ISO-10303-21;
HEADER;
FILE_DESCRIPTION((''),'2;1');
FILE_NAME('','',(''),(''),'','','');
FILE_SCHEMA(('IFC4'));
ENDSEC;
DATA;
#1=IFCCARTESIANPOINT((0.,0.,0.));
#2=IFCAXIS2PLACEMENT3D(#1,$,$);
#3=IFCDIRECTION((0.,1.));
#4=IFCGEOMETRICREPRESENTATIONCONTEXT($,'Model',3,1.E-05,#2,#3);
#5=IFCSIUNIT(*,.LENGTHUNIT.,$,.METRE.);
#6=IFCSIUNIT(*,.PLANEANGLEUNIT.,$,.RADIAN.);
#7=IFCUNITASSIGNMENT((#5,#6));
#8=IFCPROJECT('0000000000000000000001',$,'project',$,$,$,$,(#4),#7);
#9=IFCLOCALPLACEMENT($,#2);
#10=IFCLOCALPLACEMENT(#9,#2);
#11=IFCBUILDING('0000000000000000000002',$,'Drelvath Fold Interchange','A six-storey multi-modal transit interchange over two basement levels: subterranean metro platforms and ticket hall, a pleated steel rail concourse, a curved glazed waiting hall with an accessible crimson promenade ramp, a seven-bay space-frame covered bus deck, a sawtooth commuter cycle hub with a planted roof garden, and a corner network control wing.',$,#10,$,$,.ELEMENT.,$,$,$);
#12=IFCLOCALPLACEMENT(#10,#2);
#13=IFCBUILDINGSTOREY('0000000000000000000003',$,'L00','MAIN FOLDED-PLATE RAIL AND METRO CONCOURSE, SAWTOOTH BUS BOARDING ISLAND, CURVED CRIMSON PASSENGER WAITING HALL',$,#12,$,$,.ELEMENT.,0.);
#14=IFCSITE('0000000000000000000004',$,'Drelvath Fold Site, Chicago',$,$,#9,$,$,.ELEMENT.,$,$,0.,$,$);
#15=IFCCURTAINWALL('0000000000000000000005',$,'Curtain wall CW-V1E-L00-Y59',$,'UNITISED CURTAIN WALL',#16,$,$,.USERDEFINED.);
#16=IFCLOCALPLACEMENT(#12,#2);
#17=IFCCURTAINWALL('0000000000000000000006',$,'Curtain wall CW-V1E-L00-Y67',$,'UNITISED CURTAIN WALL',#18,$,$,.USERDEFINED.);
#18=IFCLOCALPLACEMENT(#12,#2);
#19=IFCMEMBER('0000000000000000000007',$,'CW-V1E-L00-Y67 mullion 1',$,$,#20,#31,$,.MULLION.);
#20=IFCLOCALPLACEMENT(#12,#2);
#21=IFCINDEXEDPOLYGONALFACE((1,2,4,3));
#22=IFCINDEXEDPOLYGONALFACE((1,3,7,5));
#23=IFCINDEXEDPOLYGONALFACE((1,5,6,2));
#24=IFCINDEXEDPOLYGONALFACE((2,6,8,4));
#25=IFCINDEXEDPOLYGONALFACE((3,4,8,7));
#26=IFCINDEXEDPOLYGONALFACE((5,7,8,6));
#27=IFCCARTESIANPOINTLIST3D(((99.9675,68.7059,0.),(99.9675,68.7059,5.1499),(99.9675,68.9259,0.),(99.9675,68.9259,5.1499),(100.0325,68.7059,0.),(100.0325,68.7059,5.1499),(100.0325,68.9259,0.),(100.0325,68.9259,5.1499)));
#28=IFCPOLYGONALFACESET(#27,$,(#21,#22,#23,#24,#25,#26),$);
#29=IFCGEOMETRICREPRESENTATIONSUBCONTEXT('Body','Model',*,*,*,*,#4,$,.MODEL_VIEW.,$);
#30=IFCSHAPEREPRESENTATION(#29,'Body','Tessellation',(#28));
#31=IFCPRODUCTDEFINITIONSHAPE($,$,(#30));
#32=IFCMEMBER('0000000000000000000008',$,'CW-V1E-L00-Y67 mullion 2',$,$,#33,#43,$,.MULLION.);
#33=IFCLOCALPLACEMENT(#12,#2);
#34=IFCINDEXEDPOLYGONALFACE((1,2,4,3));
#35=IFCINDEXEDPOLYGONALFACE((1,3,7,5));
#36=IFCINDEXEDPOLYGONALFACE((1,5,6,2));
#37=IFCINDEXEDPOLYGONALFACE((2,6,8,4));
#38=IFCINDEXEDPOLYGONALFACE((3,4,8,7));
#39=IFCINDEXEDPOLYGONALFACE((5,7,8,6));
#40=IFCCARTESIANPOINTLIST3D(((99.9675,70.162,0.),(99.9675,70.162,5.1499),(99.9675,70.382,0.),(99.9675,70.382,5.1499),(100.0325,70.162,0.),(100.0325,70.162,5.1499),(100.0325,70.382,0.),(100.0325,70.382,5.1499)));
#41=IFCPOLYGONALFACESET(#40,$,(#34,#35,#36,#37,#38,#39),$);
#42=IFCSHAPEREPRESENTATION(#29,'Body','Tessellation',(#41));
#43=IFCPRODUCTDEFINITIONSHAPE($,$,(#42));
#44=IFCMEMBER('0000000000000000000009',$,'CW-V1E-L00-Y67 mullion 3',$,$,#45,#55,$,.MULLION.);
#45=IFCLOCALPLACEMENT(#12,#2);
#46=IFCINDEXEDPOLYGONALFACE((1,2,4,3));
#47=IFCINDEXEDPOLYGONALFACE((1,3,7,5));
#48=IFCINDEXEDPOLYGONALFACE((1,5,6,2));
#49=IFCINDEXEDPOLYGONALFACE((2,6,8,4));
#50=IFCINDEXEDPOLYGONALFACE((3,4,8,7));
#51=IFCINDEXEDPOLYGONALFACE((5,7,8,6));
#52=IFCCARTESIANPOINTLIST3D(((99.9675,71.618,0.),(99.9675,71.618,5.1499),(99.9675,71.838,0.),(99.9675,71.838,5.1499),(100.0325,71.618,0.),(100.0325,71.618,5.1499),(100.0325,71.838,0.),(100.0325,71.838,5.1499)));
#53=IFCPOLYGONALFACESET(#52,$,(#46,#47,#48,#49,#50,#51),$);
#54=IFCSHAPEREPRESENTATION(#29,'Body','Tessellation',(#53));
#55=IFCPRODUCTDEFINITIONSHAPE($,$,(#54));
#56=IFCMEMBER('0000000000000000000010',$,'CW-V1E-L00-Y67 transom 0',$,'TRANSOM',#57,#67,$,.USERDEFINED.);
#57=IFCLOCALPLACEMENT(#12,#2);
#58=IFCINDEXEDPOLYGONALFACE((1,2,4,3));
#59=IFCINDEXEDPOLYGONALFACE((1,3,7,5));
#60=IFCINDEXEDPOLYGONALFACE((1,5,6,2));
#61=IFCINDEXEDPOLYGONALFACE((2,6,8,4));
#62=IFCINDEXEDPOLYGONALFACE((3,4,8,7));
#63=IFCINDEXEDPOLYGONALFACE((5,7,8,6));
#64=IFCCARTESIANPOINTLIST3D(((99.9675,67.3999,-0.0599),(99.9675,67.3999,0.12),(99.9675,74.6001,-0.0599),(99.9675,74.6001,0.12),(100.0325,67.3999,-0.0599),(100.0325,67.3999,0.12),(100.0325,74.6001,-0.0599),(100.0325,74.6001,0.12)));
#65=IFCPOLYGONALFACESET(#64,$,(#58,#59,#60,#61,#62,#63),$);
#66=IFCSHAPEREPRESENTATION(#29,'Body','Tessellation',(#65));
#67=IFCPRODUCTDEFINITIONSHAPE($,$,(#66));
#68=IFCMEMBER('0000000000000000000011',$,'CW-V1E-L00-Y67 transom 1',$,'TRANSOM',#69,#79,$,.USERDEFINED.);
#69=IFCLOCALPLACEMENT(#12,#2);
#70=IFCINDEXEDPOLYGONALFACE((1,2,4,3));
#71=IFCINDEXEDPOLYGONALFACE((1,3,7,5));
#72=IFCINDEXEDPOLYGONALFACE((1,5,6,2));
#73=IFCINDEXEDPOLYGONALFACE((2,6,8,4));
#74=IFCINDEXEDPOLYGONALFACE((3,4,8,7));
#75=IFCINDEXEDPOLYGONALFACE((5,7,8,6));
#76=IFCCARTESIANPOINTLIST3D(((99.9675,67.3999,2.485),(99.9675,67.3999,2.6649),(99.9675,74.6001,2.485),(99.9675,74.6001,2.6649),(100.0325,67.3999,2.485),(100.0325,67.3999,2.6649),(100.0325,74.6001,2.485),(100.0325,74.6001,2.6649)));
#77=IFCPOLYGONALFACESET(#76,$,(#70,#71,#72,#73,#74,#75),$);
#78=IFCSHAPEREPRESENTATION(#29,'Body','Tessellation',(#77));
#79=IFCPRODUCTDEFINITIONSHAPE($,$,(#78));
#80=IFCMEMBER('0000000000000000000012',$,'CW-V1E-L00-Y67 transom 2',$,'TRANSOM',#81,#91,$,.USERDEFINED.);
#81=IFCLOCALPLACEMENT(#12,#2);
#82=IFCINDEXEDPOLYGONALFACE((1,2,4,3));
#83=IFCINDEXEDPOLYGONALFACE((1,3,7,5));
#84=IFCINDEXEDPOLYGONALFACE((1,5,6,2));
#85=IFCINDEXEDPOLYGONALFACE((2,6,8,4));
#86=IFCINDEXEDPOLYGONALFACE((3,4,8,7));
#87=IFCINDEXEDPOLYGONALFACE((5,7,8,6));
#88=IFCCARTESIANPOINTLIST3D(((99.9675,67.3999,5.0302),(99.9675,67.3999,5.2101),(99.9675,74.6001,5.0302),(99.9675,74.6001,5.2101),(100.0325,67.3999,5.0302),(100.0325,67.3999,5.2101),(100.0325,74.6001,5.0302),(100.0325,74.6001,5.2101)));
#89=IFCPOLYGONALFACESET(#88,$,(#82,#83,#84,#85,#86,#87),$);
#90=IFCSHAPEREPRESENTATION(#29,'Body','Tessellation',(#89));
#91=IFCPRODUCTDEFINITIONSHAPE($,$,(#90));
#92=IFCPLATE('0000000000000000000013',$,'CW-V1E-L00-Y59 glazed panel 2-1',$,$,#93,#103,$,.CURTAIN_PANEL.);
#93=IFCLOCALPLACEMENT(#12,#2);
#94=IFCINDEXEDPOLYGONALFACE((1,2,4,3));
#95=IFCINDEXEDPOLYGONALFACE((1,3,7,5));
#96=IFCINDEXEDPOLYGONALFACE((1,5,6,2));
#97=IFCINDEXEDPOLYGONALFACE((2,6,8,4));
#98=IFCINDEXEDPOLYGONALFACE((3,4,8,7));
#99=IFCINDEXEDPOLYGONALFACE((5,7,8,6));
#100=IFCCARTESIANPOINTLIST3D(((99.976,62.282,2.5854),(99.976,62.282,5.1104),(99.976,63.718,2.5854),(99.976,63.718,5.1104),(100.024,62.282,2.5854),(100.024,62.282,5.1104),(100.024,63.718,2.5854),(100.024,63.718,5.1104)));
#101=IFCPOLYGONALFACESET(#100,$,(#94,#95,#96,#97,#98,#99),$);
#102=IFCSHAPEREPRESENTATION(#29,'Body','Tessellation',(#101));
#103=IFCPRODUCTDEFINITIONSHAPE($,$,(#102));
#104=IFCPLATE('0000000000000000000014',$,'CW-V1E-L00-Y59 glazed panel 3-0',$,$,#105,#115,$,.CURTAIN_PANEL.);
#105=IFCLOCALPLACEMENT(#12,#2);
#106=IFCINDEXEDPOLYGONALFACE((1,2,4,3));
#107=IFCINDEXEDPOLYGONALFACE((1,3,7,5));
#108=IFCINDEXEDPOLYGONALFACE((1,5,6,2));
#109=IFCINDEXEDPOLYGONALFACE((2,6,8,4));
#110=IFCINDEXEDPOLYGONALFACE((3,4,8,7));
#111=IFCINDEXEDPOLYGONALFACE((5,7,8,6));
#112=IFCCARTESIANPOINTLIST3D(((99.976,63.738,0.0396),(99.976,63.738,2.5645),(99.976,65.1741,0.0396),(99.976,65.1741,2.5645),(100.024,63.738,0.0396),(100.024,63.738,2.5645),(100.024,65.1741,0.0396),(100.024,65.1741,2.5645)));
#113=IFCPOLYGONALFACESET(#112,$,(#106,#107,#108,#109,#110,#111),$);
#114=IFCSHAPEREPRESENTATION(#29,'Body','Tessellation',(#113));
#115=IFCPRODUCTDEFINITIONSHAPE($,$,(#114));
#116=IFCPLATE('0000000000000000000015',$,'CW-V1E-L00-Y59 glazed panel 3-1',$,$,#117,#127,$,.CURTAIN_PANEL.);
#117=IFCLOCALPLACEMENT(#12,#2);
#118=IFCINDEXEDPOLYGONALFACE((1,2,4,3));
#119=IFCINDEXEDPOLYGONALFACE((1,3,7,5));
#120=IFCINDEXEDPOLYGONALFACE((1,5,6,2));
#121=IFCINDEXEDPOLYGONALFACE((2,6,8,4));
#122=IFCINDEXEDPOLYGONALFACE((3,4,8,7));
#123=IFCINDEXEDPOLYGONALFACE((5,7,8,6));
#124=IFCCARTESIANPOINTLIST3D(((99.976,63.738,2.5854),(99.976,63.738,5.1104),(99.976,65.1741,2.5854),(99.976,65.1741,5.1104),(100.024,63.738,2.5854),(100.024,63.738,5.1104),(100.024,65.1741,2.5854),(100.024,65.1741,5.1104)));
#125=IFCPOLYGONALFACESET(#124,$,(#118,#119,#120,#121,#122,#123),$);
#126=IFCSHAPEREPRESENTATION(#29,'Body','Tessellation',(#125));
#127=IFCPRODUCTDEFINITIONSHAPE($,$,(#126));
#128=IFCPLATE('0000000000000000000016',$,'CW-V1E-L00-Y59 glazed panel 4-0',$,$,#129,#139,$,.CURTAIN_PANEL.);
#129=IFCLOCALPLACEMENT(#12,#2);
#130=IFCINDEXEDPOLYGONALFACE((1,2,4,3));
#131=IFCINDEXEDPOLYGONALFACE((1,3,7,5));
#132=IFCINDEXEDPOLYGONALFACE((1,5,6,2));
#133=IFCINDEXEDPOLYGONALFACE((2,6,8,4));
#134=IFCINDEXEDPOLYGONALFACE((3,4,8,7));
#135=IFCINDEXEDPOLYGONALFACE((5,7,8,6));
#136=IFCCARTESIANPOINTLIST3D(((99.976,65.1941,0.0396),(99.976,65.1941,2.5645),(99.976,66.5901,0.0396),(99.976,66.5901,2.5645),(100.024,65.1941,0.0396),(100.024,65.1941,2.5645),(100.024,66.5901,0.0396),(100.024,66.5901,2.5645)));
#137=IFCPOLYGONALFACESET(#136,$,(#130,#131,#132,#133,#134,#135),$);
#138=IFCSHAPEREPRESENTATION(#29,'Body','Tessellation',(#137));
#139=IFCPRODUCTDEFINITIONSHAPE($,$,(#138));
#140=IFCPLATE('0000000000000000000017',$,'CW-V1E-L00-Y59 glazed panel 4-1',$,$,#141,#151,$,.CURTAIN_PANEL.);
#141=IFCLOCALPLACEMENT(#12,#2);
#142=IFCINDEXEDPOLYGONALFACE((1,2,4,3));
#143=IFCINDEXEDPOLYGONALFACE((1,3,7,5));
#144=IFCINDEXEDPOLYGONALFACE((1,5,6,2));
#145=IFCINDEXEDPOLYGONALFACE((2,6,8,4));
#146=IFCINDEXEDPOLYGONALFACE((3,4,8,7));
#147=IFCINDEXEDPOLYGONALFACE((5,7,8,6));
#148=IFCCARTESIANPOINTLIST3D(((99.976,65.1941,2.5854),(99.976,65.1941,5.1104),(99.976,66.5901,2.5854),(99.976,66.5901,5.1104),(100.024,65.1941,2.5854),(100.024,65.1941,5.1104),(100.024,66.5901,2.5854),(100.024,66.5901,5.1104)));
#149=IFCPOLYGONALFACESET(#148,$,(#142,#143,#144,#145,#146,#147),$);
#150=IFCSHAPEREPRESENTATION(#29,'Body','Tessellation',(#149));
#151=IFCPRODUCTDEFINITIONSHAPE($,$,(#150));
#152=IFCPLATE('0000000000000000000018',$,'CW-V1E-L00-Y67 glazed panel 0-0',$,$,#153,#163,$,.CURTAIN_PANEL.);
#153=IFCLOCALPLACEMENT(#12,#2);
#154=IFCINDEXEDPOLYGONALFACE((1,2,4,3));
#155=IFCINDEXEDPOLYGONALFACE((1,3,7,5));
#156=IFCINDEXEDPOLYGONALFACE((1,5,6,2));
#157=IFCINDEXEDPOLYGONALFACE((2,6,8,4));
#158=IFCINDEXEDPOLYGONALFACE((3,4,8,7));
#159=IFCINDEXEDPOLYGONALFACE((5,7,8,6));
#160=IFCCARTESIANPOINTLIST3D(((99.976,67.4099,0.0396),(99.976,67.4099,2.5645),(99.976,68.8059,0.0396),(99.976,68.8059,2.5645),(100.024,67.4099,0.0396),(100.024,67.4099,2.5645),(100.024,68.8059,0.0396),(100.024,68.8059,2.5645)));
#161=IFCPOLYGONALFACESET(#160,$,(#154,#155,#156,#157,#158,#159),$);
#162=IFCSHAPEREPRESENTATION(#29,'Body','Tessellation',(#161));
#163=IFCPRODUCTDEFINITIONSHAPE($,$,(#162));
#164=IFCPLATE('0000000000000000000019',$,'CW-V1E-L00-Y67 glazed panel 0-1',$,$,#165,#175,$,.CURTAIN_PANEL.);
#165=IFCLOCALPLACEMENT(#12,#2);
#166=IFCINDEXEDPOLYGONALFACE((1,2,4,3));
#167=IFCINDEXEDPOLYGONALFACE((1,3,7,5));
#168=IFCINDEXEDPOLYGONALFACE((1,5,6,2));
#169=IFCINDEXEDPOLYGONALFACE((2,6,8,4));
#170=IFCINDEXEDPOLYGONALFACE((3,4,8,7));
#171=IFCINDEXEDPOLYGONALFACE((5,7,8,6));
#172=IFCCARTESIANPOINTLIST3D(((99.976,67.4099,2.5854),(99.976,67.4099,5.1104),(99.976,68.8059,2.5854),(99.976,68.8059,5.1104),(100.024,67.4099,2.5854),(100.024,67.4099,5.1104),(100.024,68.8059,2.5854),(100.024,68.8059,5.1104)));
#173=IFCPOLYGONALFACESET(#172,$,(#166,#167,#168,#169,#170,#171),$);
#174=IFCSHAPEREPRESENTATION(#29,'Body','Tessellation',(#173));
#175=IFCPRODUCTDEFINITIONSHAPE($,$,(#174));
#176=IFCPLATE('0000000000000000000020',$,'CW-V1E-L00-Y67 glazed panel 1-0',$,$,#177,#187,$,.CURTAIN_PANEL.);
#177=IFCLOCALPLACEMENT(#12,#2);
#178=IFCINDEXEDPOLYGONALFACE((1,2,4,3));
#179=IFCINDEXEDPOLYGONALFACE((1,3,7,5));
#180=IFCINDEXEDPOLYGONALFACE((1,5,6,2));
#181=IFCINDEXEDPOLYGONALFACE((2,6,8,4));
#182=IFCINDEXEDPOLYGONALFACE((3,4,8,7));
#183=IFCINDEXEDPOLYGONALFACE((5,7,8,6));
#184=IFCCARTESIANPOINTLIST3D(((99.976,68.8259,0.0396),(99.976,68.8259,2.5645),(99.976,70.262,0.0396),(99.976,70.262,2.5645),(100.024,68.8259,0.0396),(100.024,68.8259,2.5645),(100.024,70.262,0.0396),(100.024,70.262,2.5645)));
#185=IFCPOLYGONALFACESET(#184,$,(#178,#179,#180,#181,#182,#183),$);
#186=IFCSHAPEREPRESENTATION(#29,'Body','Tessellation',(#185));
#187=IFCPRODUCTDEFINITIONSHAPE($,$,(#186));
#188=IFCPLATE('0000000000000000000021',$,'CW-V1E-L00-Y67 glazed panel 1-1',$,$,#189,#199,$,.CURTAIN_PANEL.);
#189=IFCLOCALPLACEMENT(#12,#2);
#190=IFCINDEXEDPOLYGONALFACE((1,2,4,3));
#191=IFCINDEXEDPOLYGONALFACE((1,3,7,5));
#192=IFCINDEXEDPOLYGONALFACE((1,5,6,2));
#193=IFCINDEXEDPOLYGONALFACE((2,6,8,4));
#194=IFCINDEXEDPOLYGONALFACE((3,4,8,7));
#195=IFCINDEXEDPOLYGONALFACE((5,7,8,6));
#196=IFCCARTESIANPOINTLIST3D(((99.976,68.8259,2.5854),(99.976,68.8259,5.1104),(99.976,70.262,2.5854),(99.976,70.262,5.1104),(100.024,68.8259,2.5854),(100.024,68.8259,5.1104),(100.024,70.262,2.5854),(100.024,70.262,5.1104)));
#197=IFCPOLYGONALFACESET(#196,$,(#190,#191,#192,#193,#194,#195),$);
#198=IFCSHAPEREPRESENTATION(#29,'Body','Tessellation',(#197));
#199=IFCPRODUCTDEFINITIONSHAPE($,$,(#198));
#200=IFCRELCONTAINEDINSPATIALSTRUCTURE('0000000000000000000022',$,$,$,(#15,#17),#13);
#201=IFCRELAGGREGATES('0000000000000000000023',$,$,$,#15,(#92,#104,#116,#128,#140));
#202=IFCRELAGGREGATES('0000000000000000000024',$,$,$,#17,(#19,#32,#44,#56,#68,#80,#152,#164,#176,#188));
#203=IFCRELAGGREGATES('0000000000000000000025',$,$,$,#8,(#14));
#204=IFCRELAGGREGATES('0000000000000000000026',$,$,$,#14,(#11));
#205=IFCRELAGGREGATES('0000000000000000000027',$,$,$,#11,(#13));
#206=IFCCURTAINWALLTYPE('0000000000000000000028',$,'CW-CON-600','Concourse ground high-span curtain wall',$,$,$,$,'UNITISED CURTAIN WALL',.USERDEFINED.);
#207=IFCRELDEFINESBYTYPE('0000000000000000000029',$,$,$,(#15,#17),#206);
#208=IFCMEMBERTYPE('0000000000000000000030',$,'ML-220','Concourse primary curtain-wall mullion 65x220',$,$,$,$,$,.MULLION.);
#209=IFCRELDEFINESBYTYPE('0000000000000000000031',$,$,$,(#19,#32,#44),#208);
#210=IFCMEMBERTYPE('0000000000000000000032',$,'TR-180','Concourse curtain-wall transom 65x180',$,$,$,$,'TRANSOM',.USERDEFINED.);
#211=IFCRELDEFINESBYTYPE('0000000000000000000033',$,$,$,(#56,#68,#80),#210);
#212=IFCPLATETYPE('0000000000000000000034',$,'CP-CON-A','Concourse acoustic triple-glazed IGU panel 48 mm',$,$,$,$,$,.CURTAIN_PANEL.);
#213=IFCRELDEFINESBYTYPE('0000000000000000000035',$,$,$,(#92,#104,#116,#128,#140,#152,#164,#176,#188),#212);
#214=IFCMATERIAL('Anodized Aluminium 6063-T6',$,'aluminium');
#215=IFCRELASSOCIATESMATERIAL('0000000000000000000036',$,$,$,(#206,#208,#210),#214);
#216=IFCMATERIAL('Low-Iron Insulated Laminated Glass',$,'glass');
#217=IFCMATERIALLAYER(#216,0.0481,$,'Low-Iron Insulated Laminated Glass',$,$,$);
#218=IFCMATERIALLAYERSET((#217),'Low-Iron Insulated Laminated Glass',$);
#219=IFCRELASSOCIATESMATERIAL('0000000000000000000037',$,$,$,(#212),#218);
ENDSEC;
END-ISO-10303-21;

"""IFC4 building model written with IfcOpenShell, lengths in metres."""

from ifc_helpers import new_model, si_unit, direction, frame, origin, origin_2d, place, context, subcontext, project, spatial, rectangle, extrude, material, layer, layer_set, material_profile, profile_set, type_object, element, aggregate, save


model = new_model("IFC4")

# Units and contexts
model_context = context("Model", 3, precision=1e-05, world=origin(), true_north=direction((0.0, 1.0)))
body_context = subcontext(model_context, "Body", "Model", "MODEL_VIEW")
ifc_project = project(units=[si_unit("LENGTHUNIT", "METRE"), si_unit("PLANEANGLEUNIT", "RADIAN")], contexts=[model_context])

# Site, building, storey
site_placement = place(None, origin())
site = spatial("IfcSite", under=ifc_project, at=site_placement, Name="Drelvath Fold Site, Chicago", CompositionType="ELEMENT", RefElevation=0.0)
building_placement = place(site_placement, origin())
building = spatial("IfcBuilding", under=site, at=building_placement, Name="Drelvath Fold Interchange", Description="A six-storey multi-modal transit interchange over two basement levels: subterranean metro platforms and ticket hall, a pleated steel rail concourse, a curved glazed waiting hall with an accessible crimson promenade ramp, a seven-bay space-frame covered bus deck, a sawtooth commuter cycle hub with a planted roof garden, and a corner network control wing.", CompositionType="ELEMENT")
storey_placement = place(building_placement, origin())
storey = spatial("IfcBuildingStorey", under=building, at=storey_placement, Name="L00", Description="MAIN FOLDED-PLATE RAIL AND METRO CONCOURSE, SAWTOOTH BUS BOARDING ISLAND, CURVED CRIMSON PASSENGER WAITING HALL", CompositionType="ELEMENT", Elevation=0.0)

# Curtain walls, members
ifc_material_1 = material(Name="Anodized Aluminium 6063-T6", Category="aluminium")
curtain_wall_type = type_object("IfcCurtainWallType", Name="CW-CON-600", Description="Concourse ground high-span curtain wall", ElementType="UNITISED CURTAIN WALL", PredefinedType="USERDEFINED", material=ifc_material_1)
curtain_wall_1_placement = place(storey_placement, origin())
curtain_wall_1 = element("IfcCurtainWall", 1, at=curtain_wall_1_placement, inside=storey, type_object=curtain_wall_type, Name="Curtain wall CW-V1E-L00-Y59", ObjectType="UNITISED CURTAIN WALL", PredefinedType="USERDEFINED")
ifc_material_profile_1 = material_profile(ifc_material_1, rectangle(XDim=0.0649, YDim=0.22, at=origin_2d()), Name="AL-M 65x220")
ifc_profile_set_1 = profile_set([ifc_material_profile_1], Name="Anodized Aluminium 6063-T6")
member_type_1 = type_object("IfcMemberType", Name="ML-220", Description="Concourse primary curtain-wall mullion 65x220", PredefinedType="MULLION", material=ifc_profile_set_1)
curtain_wall_2_placement = place(storey_placement, origin())
curtain_wall_2 = element("IfcCurtainWall", 2, at=curtain_wall_2_placement, inside=storey, type_object=curtain_wall_type, Name="Curtain wall CW-V1E-L00-Y67", ObjectType="UNITISED CURTAIN WALL", PredefinedType="USERDEFINED")
member_1_placement = place(storey_placement, frame((100.0, 68.8159, 0.0), z_axis=(0.0, 0.0, 1.0), x_axis=(1.0, 0.0, 0.0)))
member_1 = element("IfcMember", 3, at=member_1_placement, type_object=member_type_1, Name="CW-V1E-L00-Y67 mullion 1", PredefinedType="MULLION", context=body_context, shape_type="SweptSolid", body=[
    extrude(rectangle(XDim=0.0649, YDim=0.22, at=origin_2d()), origin(), (0.0, 0.0, 1.0), 5.1499),
])
member_2_placement = place(storey_placement, frame((100.0, 70.272, 0.0), z_axis=(0.0, 0.0, 1.0), x_axis=(1.0, 0.0, 0.0)))
member_2 = element("IfcMember", 4, at=member_2_placement, type_object=member_type_1, Name="CW-V1E-L00-Y67 mullion 2", PredefinedType="MULLION", context=body_context, shape_type="SweptSolid", body=[
    extrude(rectangle(XDim=0.0649, YDim=0.22, at=origin_2d()), origin(), (0.0, 0.0, 1.0), 5.1499),
])
member_3_placement = place(storey_placement, frame((100.0, 71.728, 0.0), z_axis=(0.0, 0.0, 1.0), x_axis=(1.0, 0.0, 0.0)))
member_3 = element("IfcMember", 5, at=member_3_placement, type_object=member_type_1, Name="CW-V1E-L00-Y67 mullion 3", PredefinedType="MULLION", context=body_context, shape_type="SweptSolid", body=[
    extrude(rectangle(XDim=0.0649, YDim=0.22, at=origin_2d()), origin(), (0.0, 0.0, 1.0), 5.1499),
])
ifc_material_profile_2 = material_profile(ifc_material_1, rectangle(XDim=0.0649, YDim=0.1799, at=origin_2d()), Name="AL-T 65x180")
ifc_profile_set_2 = profile_set([ifc_material_profile_2], Name="Anodized Aluminium 6063-T6")
member_type_2 = type_object("IfcMemberType", Name="TR-180", Description="Concourse curtain-wall transom 65x180", ElementType="TRANSOM", PredefinedType="USERDEFINED", material=ifc_profile_set_2)
member_4_placement = place(storey_placement, frame((100.0, 67.3999, 0.03), z_axis=(0.0, 1.0, 0.0), x_axis=(-1.0, 0.0, 0.0)))
member_4 = element("IfcMember", 6, at=member_4_placement, type_object=member_type_2, Name="CW-V1E-L00-Y67 transom 0", ObjectType="TRANSOM", PredefinedType="USERDEFINED", context=body_context, shape_type="SweptSolid", body=[
    extrude(rectangle(XDim=0.0649, YDim=0.1799, at=origin_2d()), origin(), (0.0, 0.0, 1.0), 7.2002),
])
member_5_placement = place(storey_placement, frame((100.0, 67.3999, 2.575), z_axis=(0.0, 1.0, 0.0), x_axis=(-1.0, 0.0, 0.0)))
member_5 = element("IfcMember", 7, at=member_5_placement, type_object=member_type_2, Name="CW-V1E-L00-Y67 transom 1", ObjectType="TRANSOM", PredefinedType="USERDEFINED", context=body_context, shape_type="SweptSolid", body=[
    extrude(rectangle(XDim=0.0649, YDim=0.1799, at=origin_2d()), origin(), (0.0, 0.0, 1.0), 7.2002),
])
member_6_placement = place(storey_placement, frame((100.0, 67.3999, 5.1201), z_axis=(0.0, 1.0, 0.0), x_axis=(-1.0, 0.0, 0.0)))
member_6 = element("IfcMember", 8, at=member_6_placement, type_object=member_type_2, Name="CW-V1E-L00-Y67 transom 2", ObjectType="TRANSOM", PredefinedType="USERDEFINED", context=body_context, shape_type="SweptSolid", body=[
    extrude(rectangle(XDim=0.0649, YDim=0.1799, at=origin_2d()), origin(), (0.0, 0.0, 1.0), 7.2002),
])

# Plates
ifc_material_2 = material(Name="Low-Iron Insulated Laminated Glass", Category="glass")
ifc_layer = layer(ifc_material_2, 0.0481, Name="Low-Iron Insulated Laminated Glass")
ifc_layer_set = layer_set([ifc_layer], Name="Low-Iron Insulated Laminated Glass")
plate_type = type_object("IfcPlateType", Name="CP-CON-A", Description="Concourse acoustic triple-glazed IGU panel 48 mm", PredefinedType="CURTAIN_PANEL", material=ifc_layer_set)
plate_1_placement = place(storey_placement, frame((100.0, 63.0, 2.5854), z_axis=(0.0, 0.0, 1.0), x_axis=(0.0, 1.0, 0.0)))
plate_1 = element("IfcPlate", 9, at=plate_1_placement, type_object=plate_type, Name="CW-V1E-L00-Y59 glazed panel 2-1", PredefinedType="CURTAIN_PANEL", context=body_context, shape_type="SweptSolid", body=[
    extrude(rectangle(XDim=1.436, YDim=0.0481, at=origin_2d()), origin(), (0.0, 0.0, 1.0), 2.5249),
])
plate_2_placement = place(storey_placement, frame((100.0, 64.4561, 0.0396), z_axis=(0.0, 0.0, 1.0), x_axis=(0.0, 1.0, 0.0)))
plate_2 = element("IfcPlate", 10, at=plate_2_placement, type_object=plate_type, Name="CW-V1E-L00-Y59 glazed panel 3-0", PredefinedType="CURTAIN_PANEL", context=body_context, shape_type="SweptSolid", body=[
    extrude(rectangle(XDim=1.436, YDim=0.0481, at=origin_2d()), origin(), (0.0, 0.0, 1.0), 2.5249),
])
plate_3_placement = place(storey_placement, frame((100.0, 64.4561, 2.5854), z_axis=(0.0, 0.0, 1.0), x_axis=(0.0, 1.0, 0.0)))
plate_3 = element("IfcPlate", 11, at=plate_3_placement, type_object=plate_type, Name="CW-V1E-L00-Y59 glazed panel 3-1", PredefinedType="CURTAIN_PANEL", context=body_context, shape_type="SweptSolid", body=[
    extrude(rectangle(XDim=1.436, YDim=0.0481, at=origin_2d()), origin(), (0.0, 0.0, 1.0), 2.5249),
])
plate_4_placement = place(storey_placement, frame((100.0, 65.8921, 0.0396), z_axis=(0.0, 0.0, 1.0), x_axis=(0.0, 1.0, 0.0)))
plate_4 = element("IfcPlate", 12, at=plate_4_placement, type_object=plate_type, Name="CW-V1E-L00-Y59 glazed panel 4-0", PredefinedType="CURTAIN_PANEL", context=body_context, shape_type="SweptSolid", body=[
    extrude(rectangle(XDim=1.396, YDim=0.0481, at=origin_2d()), origin(), (0.0, 0.0, 1.0), 2.5249),
])
plate_5_placement = place(storey_placement, frame((100.0, 65.8921, 2.5854), z_axis=(0.0, 0.0, 1.0), x_axis=(0.0, 1.0, 0.0)))
plate_5 = element("IfcPlate", 13, at=plate_5_placement, type_object=plate_type, Name="CW-V1E-L00-Y59 glazed panel 4-1", PredefinedType="CURTAIN_PANEL", context=body_context, shape_type="SweptSolid", body=[
    extrude(rectangle(XDim=1.396, YDim=0.0481, at=origin_2d()), origin(), (0.0, 0.0, 1.0), 2.5249),
])
aggregate(curtain_wall_1, [plate_1, plate_2, plate_3, plate_4, plate_5])
plate_6_placement = place(storey_placement, frame((100.0, 68.1079, 0.0396), z_axis=(0.0, 0.0, 1.0), x_axis=(0.0, 1.0, 0.0)))
plate_6 = element("IfcPlate", 14, at=plate_6_placement, type_object=plate_type, Name="CW-V1E-L00-Y67 glazed panel 0-0", PredefinedType="CURTAIN_PANEL", context=body_context, shape_type="SweptSolid", body=[
    extrude(rectangle(XDim=1.396, YDim=0.0481, at=origin_2d()), origin(), (0.0, 0.0, 1.0), 2.5249),
])
plate_7_placement = place(storey_placement, frame((100.0, 68.1079, 2.5854), z_axis=(0.0, 0.0, 1.0), x_axis=(0.0, 1.0, 0.0)))
plate_7 = element("IfcPlate", 15, at=plate_7_placement, type_object=plate_type, Name="CW-V1E-L00-Y67 glazed panel 0-1", PredefinedType="CURTAIN_PANEL", context=body_context, shape_type="SweptSolid", body=[
    extrude(rectangle(XDim=1.396, YDim=0.0481, at=origin_2d()), origin(), (0.0, 0.0, 1.0), 2.5249),
])
plate_8_placement = place(storey_placement, frame((100.0, 69.5439, 0.0396), z_axis=(0.0, 0.0, 1.0), x_axis=(0.0, 1.0, 0.0)))
plate_8 = element("IfcPlate", 16, at=plate_8_placement, type_object=plate_type, Name="CW-V1E-L00-Y67 glazed panel 1-0", PredefinedType="CURTAIN_PANEL", context=body_context, shape_type="SweptSolid", body=[
    extrude(rectangle(XDim=1.436, YDim=0.0481, at=origin_2d()), origin(), (0.0, 0.0, 1.0), 2.5249),
])
plate_9_placement = place(storey_placement, frame((100.0, 69.5439, 2.5854), z_axis=(0.0, 0.0, 1.0), x_axis=(0.0, 1.0, 0.0)))
plate_9 = element("IfcPlate", 17, at=plate_9_placement, type_object=plate_type, Name="CW-V1E-L00-Y67 glazed panel 1-1", PredefinedType="CURTAIN_PANEL", context=body_context, shape_type="SweptSolid", body=[
    extrude(rectangle(XDim=1.436, YDim=0.0481, at=origin_2d()), origin(), (0.0, 0.0, 1.0), 2.5249),
])
aggregate(curtain_wall_2, [member_1, member_2, member_3, member_4, member_5, member_6, plate_6, plate_7, plate_8, plate_9])

save(model, "model.ifc")
